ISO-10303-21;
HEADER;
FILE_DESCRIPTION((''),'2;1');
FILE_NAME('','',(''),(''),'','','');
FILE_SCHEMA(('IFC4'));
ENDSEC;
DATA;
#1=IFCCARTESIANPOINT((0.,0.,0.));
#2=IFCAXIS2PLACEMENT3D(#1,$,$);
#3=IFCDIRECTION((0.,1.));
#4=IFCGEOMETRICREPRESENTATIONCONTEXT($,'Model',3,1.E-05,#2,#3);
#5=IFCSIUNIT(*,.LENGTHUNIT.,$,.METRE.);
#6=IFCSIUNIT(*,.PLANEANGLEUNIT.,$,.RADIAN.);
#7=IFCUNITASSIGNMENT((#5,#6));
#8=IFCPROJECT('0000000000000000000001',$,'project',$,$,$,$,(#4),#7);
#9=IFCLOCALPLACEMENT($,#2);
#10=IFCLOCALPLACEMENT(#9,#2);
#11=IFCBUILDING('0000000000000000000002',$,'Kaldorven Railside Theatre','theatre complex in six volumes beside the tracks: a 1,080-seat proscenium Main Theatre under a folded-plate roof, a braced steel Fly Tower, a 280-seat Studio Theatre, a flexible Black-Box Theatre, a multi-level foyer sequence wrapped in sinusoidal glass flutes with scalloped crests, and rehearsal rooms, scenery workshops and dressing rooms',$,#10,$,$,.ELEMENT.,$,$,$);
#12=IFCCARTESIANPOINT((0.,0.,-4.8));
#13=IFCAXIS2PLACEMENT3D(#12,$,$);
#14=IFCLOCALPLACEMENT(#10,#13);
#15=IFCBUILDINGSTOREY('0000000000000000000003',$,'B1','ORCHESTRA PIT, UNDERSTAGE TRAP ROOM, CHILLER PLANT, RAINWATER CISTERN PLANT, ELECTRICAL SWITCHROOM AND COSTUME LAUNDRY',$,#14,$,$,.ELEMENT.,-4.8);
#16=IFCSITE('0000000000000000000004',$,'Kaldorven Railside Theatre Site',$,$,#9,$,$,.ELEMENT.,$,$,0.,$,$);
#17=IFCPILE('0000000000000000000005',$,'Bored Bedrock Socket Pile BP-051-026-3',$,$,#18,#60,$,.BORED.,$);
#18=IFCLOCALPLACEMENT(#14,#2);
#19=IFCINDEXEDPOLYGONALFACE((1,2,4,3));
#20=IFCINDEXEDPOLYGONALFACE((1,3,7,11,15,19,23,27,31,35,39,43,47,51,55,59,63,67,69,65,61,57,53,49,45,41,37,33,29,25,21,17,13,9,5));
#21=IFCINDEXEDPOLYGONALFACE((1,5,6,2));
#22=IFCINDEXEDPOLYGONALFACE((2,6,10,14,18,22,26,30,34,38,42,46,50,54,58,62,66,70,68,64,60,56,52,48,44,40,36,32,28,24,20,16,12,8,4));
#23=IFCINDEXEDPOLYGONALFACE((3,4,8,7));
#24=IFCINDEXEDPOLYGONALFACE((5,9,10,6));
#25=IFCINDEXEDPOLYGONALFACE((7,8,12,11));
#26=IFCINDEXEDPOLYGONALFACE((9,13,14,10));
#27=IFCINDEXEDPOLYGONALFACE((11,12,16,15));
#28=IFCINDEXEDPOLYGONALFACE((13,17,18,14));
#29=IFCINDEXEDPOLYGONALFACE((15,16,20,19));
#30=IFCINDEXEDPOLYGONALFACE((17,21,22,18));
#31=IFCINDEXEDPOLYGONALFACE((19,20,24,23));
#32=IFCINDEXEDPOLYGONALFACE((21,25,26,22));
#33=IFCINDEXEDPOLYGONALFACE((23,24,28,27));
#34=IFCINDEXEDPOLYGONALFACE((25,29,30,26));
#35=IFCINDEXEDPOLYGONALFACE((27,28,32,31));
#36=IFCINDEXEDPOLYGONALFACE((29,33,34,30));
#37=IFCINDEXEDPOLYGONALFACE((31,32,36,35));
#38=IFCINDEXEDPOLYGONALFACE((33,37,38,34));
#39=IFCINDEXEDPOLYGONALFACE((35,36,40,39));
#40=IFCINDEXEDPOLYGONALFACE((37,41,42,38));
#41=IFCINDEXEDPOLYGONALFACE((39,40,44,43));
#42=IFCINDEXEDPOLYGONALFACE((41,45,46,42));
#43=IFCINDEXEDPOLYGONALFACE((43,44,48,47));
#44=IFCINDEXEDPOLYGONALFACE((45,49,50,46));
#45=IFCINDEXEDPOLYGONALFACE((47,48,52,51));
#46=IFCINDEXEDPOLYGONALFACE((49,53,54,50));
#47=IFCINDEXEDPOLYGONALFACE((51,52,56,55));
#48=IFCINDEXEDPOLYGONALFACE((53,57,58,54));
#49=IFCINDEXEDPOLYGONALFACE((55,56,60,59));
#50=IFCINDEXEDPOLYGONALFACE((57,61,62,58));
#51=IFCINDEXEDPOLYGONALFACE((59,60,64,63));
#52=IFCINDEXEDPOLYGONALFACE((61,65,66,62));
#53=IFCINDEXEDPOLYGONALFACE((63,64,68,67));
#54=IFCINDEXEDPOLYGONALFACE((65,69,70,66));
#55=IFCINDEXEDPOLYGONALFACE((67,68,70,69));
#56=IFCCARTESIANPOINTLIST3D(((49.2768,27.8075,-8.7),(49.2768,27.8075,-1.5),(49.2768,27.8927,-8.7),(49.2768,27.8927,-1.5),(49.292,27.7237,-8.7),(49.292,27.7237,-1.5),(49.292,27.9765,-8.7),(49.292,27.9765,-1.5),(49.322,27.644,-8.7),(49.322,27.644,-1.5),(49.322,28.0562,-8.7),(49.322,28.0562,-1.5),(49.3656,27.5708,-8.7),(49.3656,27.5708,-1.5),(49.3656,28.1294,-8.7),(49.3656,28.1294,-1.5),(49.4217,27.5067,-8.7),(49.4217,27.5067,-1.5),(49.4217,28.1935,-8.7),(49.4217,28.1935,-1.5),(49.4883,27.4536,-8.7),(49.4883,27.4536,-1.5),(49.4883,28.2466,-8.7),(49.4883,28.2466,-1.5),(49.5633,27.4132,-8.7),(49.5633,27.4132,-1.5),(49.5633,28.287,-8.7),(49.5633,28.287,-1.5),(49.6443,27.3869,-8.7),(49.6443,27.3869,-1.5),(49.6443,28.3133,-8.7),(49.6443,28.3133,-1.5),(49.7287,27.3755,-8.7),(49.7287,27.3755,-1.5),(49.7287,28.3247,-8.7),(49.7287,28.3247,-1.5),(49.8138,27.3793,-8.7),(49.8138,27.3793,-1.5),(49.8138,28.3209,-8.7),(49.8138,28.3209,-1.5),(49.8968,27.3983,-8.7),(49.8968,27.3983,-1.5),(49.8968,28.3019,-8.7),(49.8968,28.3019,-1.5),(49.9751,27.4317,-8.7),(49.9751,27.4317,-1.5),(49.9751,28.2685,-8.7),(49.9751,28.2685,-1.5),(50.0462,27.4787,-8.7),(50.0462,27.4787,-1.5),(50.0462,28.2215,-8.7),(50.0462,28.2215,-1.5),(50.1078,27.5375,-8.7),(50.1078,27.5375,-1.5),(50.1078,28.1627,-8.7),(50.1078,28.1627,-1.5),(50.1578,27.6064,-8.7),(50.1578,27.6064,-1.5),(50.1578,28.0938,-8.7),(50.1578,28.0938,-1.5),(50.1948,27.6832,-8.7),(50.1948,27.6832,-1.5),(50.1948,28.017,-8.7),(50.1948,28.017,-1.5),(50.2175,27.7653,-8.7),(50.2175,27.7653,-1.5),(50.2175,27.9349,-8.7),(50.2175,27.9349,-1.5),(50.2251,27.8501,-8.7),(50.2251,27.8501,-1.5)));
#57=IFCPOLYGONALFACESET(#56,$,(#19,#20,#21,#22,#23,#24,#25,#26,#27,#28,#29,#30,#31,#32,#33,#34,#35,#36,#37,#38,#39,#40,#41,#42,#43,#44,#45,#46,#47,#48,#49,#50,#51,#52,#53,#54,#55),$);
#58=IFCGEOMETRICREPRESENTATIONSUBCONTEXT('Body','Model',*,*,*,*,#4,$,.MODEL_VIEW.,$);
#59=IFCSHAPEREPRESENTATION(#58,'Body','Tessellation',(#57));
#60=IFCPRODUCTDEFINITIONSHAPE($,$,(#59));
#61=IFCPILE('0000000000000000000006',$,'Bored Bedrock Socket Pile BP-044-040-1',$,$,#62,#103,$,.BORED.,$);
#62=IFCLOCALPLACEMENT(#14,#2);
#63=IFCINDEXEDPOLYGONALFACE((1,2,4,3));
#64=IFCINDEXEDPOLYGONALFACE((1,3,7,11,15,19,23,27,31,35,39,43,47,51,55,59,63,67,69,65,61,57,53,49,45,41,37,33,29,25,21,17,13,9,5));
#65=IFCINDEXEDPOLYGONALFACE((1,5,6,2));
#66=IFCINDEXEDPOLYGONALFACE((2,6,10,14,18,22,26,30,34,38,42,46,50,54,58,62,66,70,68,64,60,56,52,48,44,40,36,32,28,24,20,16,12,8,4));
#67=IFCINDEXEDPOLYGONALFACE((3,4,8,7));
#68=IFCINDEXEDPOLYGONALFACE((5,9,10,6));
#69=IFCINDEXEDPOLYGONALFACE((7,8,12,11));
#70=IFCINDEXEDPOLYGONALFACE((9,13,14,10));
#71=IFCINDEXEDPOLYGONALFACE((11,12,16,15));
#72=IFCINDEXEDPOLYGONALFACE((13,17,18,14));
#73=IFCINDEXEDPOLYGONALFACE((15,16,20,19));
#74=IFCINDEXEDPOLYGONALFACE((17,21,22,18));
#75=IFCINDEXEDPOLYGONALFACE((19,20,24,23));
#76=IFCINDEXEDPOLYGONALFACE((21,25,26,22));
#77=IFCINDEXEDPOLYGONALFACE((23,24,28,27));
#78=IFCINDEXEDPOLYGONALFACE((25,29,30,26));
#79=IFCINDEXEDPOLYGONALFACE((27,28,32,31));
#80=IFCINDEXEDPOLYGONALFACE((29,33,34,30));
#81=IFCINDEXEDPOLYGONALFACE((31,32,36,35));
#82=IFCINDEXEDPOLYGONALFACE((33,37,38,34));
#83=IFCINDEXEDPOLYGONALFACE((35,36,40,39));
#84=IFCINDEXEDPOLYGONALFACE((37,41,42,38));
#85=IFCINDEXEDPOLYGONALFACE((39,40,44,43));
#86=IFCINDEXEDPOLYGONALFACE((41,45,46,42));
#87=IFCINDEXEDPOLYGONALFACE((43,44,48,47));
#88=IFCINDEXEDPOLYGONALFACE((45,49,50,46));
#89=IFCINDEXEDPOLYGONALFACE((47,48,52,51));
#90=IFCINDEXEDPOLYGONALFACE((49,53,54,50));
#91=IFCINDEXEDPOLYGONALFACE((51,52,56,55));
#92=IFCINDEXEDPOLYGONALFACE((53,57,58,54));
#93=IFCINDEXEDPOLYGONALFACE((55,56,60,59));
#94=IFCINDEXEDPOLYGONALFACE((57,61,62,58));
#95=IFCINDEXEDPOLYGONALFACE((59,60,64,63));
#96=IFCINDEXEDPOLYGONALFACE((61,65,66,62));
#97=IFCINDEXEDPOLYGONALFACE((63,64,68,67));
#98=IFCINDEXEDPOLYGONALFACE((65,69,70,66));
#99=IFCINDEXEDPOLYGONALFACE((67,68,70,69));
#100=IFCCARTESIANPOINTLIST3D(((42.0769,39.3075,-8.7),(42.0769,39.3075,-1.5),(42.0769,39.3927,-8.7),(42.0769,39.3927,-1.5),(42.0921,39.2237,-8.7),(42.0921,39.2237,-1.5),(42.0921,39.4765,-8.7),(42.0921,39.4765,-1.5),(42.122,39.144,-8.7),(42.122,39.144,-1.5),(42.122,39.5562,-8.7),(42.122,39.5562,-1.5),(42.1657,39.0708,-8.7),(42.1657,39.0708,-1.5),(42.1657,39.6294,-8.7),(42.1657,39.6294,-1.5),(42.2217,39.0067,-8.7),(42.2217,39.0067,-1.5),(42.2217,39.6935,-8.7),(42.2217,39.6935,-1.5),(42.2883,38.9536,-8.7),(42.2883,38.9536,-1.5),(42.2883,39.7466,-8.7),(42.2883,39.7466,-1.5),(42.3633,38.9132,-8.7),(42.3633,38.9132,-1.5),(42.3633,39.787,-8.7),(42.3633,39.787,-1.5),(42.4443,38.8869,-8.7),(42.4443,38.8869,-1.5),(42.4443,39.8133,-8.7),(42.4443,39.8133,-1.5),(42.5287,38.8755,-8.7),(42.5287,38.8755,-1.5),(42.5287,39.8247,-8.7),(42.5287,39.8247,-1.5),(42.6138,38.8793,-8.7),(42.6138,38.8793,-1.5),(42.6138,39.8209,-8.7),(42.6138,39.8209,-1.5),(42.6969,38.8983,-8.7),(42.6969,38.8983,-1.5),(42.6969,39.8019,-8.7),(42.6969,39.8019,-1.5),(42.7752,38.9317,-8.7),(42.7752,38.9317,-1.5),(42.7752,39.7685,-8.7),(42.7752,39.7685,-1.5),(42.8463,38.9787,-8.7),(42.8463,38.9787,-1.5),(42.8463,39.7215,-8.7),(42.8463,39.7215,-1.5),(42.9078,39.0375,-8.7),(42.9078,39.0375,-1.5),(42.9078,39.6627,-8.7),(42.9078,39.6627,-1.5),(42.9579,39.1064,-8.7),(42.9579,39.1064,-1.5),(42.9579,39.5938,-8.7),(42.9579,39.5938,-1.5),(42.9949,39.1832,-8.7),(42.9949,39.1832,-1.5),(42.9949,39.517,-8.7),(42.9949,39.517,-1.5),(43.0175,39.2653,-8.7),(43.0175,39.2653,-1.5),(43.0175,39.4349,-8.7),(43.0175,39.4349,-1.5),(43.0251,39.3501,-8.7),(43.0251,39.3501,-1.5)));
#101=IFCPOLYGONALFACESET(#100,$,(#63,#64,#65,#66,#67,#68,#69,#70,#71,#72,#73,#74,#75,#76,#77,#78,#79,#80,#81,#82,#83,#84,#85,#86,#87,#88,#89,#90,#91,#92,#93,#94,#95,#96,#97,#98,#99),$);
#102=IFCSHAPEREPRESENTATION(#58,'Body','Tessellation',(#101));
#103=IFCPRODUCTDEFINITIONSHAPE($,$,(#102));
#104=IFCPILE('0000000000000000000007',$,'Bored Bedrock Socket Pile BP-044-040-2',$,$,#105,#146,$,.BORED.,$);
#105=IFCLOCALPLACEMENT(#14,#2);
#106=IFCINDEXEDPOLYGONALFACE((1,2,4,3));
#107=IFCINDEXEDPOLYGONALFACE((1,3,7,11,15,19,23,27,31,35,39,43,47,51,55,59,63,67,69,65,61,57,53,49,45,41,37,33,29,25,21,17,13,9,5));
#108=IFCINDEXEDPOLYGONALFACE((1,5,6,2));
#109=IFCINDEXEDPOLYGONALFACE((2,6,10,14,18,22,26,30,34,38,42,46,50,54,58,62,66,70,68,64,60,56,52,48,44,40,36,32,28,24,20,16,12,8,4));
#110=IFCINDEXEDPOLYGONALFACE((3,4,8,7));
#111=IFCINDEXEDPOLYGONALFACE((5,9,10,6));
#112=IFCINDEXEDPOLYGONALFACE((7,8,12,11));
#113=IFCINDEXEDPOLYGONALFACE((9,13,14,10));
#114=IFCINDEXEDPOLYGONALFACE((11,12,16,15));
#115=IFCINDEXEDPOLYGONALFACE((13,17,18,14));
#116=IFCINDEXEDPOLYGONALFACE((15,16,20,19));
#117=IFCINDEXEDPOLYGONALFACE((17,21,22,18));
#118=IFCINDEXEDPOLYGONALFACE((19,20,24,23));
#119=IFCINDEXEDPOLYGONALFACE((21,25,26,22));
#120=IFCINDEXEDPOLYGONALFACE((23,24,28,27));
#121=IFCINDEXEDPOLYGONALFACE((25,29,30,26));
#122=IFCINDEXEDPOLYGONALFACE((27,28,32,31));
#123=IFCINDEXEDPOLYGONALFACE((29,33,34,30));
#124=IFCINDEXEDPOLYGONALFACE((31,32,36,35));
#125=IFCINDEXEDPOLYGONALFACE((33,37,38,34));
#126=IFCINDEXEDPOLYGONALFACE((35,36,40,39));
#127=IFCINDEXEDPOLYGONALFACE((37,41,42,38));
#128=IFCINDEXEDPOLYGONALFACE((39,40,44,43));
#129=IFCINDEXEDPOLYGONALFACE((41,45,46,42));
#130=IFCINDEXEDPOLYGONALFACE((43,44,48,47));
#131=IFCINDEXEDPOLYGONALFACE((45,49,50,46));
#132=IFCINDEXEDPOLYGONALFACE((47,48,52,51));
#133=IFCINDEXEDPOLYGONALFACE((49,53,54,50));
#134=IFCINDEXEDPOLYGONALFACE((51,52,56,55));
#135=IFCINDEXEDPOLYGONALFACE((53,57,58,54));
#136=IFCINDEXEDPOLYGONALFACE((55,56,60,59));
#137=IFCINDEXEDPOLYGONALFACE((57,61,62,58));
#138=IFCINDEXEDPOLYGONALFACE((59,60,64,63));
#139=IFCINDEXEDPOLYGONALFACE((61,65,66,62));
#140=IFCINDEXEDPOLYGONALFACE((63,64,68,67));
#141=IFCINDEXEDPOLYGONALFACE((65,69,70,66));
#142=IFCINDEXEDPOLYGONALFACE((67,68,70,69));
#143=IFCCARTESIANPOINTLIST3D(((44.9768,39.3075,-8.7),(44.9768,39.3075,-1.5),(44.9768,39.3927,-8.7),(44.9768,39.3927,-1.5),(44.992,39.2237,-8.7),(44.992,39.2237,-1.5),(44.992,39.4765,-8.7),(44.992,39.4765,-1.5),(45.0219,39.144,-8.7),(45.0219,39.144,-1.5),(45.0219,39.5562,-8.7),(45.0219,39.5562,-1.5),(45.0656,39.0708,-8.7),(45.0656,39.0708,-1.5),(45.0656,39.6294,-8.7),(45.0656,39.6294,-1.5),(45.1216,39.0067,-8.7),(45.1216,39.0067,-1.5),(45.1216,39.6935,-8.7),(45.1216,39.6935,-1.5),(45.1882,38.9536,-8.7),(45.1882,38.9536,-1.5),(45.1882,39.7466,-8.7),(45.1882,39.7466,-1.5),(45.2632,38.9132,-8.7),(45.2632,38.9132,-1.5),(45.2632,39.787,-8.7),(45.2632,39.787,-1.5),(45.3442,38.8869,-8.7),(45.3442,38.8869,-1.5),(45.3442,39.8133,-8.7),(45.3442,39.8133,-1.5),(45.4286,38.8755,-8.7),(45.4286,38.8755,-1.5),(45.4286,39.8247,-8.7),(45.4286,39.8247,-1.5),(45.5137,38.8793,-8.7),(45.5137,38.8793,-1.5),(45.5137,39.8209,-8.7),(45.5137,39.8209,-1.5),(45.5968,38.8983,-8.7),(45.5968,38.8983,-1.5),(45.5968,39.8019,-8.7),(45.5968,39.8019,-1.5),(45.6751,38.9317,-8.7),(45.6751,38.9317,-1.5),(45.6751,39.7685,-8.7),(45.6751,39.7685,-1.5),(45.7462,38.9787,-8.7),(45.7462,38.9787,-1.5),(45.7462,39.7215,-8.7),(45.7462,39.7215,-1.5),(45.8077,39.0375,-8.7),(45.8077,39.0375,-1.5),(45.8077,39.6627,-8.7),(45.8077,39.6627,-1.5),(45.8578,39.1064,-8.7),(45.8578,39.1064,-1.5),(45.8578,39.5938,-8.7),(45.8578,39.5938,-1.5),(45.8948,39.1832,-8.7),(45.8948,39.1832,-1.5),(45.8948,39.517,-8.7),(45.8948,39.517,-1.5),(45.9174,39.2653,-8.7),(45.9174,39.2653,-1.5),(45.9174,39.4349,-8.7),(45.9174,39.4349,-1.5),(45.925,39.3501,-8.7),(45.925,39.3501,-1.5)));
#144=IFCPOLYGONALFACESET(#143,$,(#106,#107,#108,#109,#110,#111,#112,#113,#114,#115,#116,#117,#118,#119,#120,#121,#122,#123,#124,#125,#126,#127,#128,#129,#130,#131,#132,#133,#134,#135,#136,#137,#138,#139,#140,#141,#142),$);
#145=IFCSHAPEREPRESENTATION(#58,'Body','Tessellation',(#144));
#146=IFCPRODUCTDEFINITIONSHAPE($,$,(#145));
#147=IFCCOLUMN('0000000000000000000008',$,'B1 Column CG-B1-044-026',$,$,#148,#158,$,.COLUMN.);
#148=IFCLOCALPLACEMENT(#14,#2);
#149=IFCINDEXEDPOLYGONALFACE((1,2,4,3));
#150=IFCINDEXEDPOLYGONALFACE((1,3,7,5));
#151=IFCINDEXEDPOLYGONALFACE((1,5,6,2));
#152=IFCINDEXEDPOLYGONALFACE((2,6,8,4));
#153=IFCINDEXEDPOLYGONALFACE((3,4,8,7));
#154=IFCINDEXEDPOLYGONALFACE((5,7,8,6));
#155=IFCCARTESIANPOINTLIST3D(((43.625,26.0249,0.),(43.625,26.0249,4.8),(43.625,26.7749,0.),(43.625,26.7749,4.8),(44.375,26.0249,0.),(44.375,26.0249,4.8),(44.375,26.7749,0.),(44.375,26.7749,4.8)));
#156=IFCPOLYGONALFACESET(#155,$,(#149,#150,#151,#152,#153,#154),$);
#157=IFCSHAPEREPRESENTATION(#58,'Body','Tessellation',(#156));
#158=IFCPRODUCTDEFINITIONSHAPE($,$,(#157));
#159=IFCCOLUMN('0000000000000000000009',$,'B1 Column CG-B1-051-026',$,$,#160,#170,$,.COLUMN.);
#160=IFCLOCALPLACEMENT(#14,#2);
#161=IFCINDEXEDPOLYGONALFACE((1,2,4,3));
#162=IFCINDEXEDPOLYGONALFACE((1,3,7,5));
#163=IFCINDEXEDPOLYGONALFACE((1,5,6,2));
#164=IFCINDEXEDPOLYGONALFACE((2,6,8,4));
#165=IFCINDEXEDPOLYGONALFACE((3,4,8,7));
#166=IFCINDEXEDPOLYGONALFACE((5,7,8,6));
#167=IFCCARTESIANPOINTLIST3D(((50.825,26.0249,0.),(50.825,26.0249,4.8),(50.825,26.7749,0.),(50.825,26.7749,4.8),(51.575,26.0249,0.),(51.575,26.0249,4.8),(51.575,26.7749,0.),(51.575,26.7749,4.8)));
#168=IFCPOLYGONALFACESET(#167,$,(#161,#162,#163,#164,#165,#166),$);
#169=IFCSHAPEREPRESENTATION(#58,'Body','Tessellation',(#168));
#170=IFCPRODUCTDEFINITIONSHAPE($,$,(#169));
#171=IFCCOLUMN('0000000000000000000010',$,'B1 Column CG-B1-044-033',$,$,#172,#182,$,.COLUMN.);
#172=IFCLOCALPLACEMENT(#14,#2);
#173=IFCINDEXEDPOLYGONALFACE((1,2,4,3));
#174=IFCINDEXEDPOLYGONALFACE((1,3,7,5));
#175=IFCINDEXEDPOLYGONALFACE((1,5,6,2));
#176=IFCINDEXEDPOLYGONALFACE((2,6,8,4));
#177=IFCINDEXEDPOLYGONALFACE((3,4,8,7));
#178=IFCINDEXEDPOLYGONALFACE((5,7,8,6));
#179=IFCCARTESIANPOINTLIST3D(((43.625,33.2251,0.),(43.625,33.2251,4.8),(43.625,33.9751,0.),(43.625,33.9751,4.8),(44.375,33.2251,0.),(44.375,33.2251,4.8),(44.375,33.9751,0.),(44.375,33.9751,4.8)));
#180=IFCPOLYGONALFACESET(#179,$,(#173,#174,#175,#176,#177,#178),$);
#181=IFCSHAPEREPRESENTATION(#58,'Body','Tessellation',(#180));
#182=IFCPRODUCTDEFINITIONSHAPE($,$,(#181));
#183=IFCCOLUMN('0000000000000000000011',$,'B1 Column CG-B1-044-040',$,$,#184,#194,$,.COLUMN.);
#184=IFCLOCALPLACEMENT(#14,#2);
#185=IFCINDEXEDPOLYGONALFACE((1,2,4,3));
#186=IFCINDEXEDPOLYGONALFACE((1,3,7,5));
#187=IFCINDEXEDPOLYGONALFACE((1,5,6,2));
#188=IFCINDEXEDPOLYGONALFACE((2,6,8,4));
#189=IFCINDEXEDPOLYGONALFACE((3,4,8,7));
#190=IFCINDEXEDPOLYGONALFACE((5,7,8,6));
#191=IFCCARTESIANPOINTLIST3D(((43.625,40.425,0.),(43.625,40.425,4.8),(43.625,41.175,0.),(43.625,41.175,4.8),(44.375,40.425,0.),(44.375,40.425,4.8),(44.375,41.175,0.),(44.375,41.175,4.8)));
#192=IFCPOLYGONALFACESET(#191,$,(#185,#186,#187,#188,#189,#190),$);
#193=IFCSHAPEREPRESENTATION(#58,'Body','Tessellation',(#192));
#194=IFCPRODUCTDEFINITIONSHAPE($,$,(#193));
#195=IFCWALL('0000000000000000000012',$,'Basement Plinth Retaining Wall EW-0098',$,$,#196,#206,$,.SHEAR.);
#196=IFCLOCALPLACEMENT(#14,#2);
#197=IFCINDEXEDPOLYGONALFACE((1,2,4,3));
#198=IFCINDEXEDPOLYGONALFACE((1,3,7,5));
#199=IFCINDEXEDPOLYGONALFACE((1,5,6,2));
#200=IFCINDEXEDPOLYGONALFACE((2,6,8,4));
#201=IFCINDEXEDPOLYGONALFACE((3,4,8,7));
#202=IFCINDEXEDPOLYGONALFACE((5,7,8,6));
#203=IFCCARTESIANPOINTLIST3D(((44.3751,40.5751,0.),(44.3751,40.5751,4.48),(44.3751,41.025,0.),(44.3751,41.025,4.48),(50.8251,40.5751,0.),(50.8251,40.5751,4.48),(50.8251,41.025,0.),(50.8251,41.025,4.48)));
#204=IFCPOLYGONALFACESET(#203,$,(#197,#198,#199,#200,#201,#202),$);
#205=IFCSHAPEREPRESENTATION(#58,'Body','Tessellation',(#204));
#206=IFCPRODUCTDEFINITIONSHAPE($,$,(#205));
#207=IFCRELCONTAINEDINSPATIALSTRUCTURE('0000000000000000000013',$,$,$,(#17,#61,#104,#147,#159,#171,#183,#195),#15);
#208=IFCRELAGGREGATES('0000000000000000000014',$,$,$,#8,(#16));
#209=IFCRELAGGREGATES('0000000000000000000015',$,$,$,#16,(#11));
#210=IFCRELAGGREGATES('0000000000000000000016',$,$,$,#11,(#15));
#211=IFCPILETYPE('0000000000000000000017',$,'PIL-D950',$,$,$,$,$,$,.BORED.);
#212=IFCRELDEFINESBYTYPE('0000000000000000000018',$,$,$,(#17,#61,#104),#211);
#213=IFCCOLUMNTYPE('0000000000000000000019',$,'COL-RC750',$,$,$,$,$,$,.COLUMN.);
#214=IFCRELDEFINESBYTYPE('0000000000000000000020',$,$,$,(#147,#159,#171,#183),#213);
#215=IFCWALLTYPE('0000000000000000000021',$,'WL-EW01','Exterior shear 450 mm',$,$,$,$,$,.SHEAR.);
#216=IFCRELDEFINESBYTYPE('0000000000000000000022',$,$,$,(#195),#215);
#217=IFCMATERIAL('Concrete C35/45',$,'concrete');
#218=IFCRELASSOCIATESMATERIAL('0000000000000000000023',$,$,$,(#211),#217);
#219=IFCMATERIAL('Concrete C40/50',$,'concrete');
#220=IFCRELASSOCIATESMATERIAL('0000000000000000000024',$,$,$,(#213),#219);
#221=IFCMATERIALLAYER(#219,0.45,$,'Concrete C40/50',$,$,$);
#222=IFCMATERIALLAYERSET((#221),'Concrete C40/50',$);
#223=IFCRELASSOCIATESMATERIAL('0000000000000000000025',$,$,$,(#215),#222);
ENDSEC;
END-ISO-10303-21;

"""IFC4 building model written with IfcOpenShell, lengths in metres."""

from ifc_helpers import new_model, si_unit, direction, frame, frame_2d, origin, origin_2d, place, context, subcontext, project, spatial, rectangle, circle, extrude, material, layer, layer_set, material_profile, profile_set, type_object, element, save


model = new_model("IFC4")

# Units and contexts
model_context = context("Model", 3, precision=1e-05, world=origin(), true_north=direction((0.0, 1.0)))
body_context = subcontext(model_context, "Body", "Model", "MODEL_VIEW")
ifc_project = project(units=[si_unit("LENGTHUNIT", "METRE"), si_unit("PLANEANGLEUNIT", "RADIAN")], contexts=[model_context])

# Site, building, storey
site_placement = place(None, origin())
site = spatial("IfcSite", under=ifc_project, at=site_placement, Name="Kaldorven Railside Theatre Site", CompositionType="ELEMENT", RefElevation=0.0)
building_placement = place(site_placement, origin())
building = spatial("IfcBuilding", under=site, at=building_placement, Name="Kaldorven Railside Theatre", Description="theatre complex in six volumes beside the tracks: a 1,080-seat proscenium Main Theatre under a folded-plate roof, a braced steel Fly Tower, a 280-seat Studio Theatre, a flexible Black-Box Theatre, a multi-level foyer sequence wrapped in sinusoidal glass flutes with scalloped crests, and rehearsal rooms, scenery workshops and dressing rooms", CompositionType="ELEMENT")
storey_placement = place(building_placement, frame((0.0, 0.0, -4.8)))
storey = spatial("IfcBuildingStorey", under=building, at=storey_placement, Name="B1", Description="ORCHESTRA PIT, UNDERSTAGE TRAP ROOM, CHILLER PLANT, RAINWATER CISTERN PLANT, ELECTRICAL SWITCHROOM AND COSTUME LAUNDRY", CompositionType="ELEMENT", Elevation=-4.8)

# Shared definitions
ifc_material_1 = material(Name="Concrete C40/50", Category="concrete")

# Piles
ifc_material_2 = material(Name="Concrete C35/45", Category="concrete")
ifc_material_profile_1 = material_profile(ifc_material_2, circle(Radius=0.4751, at=origin_2d()), Name="BP D950")
ifc_profile_set_1 = profile_set([ifc_material_profile_1], Name="Concrete C35/45")
pile_type_1 = type_object("IfcPileType", Name="PIL-D950", PredefinedType="BORED", material=ifc_profile_set_1)
for number, where, z_axis, x_axis, name in (
    (1, (49.75, 27.8501, -1.5), (0.0, 0.0, -1.0), (1.0, 0.0, 0.0), "Bored Bedrock Socket Pile BP-051-026-3"),
    (2, (42.55, 39.3501, -1.5), (0.0, 0.0, -1.0), (1.0, 0.0, 0.0), "Bored Bedrock Socket Pile BP-044-040-1"),
    (3, (45.45, 39.3501, -1.5), (0.0, 0.0, -1.0), (1.0, 0.0, 0.0), "Bored Bedrock Socket Pile BP-044-040-2"),
):
    element("IfcPile", number, at=place(storey_placement, frame(where, z_axis=z_axis, x_axis=x_axis)), inside=storey, type_object=pile_type_1, Name=name, PredefinedType="BORED", context=body_context, shape_type="SweptSolid", body=[
        extrude(circle(Radius=0.4751, at=origin_2d()), origin(), (0.0, 0.0, 1.0), 7.2),
    ])

# Columns
ifc_material_profile_2 = material_profile(ifc_material_1, rectangle(XDim=0.75, YDim=0.75, at=origin_2d()), Name="RC 750x750")
ifc_profile_set_2 = profile_set([ifc_material_profile_2], Name="Concrete C40/50")
column_type = type_object("IfcColumnType", Name="COL-RC750", PredefinedType="COLUMN", material=ifc_profile_set_2)
for number, where, z_axis, x_axis, name in (
    (4, (44.0, 26.3999, 0.0), (0.0, 0.0, 1.0), (1.0, 0.0, 0.0), "B1 Column CG-B1-044-026"),
    (5, (51.2, 26.3999, 0.0), (0.0, 0.0, 1.0), (0.0, 1.0, 0.0), "B1 Column CG-B1-051-026"),
    (6, (44.0, 33.6001, 0.0), (0.0, 0.0, 1.0), (0.0, 1.0, 0.0), "B1 Column CG-B1-044-033"),
    (7, (44.0, 40.8, 0.0), (0.0, 0.0, 1.0), (1.0, 0.0, 0.0), "B1 Column CG-B1-044-040"),
):
    element("IfcColumn", number, at=place(storey_placement, frame(where, z_axis=z_axis, x_axis=x_axis)), inside=storey, type_object=column_type, Name=name, PredefinedType="COLUMN", context=body_context, shape_type="SweptSolid", body=[
        extrude(rectangle(XDim=0.75, YDim=0.75, at=origin_2d()), origin(), (0.0, 0.0, 1.0), 4.8),
    ])

# Wall
ifc_layer = layer(ifc_material_1, 0.45, Name="Concrete C40/50")
ifc_layer_set = layer_set([ifc_layer], Name="Concrete C40/50")
wall_type = type_object("IfcWallType", Name="WL-EW01", Description="Exterior shear 450 mm", PredefinedType="SHEAR", material=ifc_layer_set)
wall_placement = place(storey_placement, frame((44.375, 40.8, 0.0), z_axis=(0.0, 0.0, 1.0), x_axis=(1.0, 0.0, 0.0)))
element("IfcWall", 8, at=wall_placement, inside=storey, type_object=wall_type, Name="Basement Plinth Retaining Wall EW-0098", PredefinedType="SHEAR", context=body_context, shape_type="SweptSolid", body=[
    extrude(rectangle(XDim=6.45, YDim=0.45, at=frame_2d((3.2251, 0.0))), origin(), (0.0, 0.0, 1.0), 4.48),
])

save(model, "model.ifc")
